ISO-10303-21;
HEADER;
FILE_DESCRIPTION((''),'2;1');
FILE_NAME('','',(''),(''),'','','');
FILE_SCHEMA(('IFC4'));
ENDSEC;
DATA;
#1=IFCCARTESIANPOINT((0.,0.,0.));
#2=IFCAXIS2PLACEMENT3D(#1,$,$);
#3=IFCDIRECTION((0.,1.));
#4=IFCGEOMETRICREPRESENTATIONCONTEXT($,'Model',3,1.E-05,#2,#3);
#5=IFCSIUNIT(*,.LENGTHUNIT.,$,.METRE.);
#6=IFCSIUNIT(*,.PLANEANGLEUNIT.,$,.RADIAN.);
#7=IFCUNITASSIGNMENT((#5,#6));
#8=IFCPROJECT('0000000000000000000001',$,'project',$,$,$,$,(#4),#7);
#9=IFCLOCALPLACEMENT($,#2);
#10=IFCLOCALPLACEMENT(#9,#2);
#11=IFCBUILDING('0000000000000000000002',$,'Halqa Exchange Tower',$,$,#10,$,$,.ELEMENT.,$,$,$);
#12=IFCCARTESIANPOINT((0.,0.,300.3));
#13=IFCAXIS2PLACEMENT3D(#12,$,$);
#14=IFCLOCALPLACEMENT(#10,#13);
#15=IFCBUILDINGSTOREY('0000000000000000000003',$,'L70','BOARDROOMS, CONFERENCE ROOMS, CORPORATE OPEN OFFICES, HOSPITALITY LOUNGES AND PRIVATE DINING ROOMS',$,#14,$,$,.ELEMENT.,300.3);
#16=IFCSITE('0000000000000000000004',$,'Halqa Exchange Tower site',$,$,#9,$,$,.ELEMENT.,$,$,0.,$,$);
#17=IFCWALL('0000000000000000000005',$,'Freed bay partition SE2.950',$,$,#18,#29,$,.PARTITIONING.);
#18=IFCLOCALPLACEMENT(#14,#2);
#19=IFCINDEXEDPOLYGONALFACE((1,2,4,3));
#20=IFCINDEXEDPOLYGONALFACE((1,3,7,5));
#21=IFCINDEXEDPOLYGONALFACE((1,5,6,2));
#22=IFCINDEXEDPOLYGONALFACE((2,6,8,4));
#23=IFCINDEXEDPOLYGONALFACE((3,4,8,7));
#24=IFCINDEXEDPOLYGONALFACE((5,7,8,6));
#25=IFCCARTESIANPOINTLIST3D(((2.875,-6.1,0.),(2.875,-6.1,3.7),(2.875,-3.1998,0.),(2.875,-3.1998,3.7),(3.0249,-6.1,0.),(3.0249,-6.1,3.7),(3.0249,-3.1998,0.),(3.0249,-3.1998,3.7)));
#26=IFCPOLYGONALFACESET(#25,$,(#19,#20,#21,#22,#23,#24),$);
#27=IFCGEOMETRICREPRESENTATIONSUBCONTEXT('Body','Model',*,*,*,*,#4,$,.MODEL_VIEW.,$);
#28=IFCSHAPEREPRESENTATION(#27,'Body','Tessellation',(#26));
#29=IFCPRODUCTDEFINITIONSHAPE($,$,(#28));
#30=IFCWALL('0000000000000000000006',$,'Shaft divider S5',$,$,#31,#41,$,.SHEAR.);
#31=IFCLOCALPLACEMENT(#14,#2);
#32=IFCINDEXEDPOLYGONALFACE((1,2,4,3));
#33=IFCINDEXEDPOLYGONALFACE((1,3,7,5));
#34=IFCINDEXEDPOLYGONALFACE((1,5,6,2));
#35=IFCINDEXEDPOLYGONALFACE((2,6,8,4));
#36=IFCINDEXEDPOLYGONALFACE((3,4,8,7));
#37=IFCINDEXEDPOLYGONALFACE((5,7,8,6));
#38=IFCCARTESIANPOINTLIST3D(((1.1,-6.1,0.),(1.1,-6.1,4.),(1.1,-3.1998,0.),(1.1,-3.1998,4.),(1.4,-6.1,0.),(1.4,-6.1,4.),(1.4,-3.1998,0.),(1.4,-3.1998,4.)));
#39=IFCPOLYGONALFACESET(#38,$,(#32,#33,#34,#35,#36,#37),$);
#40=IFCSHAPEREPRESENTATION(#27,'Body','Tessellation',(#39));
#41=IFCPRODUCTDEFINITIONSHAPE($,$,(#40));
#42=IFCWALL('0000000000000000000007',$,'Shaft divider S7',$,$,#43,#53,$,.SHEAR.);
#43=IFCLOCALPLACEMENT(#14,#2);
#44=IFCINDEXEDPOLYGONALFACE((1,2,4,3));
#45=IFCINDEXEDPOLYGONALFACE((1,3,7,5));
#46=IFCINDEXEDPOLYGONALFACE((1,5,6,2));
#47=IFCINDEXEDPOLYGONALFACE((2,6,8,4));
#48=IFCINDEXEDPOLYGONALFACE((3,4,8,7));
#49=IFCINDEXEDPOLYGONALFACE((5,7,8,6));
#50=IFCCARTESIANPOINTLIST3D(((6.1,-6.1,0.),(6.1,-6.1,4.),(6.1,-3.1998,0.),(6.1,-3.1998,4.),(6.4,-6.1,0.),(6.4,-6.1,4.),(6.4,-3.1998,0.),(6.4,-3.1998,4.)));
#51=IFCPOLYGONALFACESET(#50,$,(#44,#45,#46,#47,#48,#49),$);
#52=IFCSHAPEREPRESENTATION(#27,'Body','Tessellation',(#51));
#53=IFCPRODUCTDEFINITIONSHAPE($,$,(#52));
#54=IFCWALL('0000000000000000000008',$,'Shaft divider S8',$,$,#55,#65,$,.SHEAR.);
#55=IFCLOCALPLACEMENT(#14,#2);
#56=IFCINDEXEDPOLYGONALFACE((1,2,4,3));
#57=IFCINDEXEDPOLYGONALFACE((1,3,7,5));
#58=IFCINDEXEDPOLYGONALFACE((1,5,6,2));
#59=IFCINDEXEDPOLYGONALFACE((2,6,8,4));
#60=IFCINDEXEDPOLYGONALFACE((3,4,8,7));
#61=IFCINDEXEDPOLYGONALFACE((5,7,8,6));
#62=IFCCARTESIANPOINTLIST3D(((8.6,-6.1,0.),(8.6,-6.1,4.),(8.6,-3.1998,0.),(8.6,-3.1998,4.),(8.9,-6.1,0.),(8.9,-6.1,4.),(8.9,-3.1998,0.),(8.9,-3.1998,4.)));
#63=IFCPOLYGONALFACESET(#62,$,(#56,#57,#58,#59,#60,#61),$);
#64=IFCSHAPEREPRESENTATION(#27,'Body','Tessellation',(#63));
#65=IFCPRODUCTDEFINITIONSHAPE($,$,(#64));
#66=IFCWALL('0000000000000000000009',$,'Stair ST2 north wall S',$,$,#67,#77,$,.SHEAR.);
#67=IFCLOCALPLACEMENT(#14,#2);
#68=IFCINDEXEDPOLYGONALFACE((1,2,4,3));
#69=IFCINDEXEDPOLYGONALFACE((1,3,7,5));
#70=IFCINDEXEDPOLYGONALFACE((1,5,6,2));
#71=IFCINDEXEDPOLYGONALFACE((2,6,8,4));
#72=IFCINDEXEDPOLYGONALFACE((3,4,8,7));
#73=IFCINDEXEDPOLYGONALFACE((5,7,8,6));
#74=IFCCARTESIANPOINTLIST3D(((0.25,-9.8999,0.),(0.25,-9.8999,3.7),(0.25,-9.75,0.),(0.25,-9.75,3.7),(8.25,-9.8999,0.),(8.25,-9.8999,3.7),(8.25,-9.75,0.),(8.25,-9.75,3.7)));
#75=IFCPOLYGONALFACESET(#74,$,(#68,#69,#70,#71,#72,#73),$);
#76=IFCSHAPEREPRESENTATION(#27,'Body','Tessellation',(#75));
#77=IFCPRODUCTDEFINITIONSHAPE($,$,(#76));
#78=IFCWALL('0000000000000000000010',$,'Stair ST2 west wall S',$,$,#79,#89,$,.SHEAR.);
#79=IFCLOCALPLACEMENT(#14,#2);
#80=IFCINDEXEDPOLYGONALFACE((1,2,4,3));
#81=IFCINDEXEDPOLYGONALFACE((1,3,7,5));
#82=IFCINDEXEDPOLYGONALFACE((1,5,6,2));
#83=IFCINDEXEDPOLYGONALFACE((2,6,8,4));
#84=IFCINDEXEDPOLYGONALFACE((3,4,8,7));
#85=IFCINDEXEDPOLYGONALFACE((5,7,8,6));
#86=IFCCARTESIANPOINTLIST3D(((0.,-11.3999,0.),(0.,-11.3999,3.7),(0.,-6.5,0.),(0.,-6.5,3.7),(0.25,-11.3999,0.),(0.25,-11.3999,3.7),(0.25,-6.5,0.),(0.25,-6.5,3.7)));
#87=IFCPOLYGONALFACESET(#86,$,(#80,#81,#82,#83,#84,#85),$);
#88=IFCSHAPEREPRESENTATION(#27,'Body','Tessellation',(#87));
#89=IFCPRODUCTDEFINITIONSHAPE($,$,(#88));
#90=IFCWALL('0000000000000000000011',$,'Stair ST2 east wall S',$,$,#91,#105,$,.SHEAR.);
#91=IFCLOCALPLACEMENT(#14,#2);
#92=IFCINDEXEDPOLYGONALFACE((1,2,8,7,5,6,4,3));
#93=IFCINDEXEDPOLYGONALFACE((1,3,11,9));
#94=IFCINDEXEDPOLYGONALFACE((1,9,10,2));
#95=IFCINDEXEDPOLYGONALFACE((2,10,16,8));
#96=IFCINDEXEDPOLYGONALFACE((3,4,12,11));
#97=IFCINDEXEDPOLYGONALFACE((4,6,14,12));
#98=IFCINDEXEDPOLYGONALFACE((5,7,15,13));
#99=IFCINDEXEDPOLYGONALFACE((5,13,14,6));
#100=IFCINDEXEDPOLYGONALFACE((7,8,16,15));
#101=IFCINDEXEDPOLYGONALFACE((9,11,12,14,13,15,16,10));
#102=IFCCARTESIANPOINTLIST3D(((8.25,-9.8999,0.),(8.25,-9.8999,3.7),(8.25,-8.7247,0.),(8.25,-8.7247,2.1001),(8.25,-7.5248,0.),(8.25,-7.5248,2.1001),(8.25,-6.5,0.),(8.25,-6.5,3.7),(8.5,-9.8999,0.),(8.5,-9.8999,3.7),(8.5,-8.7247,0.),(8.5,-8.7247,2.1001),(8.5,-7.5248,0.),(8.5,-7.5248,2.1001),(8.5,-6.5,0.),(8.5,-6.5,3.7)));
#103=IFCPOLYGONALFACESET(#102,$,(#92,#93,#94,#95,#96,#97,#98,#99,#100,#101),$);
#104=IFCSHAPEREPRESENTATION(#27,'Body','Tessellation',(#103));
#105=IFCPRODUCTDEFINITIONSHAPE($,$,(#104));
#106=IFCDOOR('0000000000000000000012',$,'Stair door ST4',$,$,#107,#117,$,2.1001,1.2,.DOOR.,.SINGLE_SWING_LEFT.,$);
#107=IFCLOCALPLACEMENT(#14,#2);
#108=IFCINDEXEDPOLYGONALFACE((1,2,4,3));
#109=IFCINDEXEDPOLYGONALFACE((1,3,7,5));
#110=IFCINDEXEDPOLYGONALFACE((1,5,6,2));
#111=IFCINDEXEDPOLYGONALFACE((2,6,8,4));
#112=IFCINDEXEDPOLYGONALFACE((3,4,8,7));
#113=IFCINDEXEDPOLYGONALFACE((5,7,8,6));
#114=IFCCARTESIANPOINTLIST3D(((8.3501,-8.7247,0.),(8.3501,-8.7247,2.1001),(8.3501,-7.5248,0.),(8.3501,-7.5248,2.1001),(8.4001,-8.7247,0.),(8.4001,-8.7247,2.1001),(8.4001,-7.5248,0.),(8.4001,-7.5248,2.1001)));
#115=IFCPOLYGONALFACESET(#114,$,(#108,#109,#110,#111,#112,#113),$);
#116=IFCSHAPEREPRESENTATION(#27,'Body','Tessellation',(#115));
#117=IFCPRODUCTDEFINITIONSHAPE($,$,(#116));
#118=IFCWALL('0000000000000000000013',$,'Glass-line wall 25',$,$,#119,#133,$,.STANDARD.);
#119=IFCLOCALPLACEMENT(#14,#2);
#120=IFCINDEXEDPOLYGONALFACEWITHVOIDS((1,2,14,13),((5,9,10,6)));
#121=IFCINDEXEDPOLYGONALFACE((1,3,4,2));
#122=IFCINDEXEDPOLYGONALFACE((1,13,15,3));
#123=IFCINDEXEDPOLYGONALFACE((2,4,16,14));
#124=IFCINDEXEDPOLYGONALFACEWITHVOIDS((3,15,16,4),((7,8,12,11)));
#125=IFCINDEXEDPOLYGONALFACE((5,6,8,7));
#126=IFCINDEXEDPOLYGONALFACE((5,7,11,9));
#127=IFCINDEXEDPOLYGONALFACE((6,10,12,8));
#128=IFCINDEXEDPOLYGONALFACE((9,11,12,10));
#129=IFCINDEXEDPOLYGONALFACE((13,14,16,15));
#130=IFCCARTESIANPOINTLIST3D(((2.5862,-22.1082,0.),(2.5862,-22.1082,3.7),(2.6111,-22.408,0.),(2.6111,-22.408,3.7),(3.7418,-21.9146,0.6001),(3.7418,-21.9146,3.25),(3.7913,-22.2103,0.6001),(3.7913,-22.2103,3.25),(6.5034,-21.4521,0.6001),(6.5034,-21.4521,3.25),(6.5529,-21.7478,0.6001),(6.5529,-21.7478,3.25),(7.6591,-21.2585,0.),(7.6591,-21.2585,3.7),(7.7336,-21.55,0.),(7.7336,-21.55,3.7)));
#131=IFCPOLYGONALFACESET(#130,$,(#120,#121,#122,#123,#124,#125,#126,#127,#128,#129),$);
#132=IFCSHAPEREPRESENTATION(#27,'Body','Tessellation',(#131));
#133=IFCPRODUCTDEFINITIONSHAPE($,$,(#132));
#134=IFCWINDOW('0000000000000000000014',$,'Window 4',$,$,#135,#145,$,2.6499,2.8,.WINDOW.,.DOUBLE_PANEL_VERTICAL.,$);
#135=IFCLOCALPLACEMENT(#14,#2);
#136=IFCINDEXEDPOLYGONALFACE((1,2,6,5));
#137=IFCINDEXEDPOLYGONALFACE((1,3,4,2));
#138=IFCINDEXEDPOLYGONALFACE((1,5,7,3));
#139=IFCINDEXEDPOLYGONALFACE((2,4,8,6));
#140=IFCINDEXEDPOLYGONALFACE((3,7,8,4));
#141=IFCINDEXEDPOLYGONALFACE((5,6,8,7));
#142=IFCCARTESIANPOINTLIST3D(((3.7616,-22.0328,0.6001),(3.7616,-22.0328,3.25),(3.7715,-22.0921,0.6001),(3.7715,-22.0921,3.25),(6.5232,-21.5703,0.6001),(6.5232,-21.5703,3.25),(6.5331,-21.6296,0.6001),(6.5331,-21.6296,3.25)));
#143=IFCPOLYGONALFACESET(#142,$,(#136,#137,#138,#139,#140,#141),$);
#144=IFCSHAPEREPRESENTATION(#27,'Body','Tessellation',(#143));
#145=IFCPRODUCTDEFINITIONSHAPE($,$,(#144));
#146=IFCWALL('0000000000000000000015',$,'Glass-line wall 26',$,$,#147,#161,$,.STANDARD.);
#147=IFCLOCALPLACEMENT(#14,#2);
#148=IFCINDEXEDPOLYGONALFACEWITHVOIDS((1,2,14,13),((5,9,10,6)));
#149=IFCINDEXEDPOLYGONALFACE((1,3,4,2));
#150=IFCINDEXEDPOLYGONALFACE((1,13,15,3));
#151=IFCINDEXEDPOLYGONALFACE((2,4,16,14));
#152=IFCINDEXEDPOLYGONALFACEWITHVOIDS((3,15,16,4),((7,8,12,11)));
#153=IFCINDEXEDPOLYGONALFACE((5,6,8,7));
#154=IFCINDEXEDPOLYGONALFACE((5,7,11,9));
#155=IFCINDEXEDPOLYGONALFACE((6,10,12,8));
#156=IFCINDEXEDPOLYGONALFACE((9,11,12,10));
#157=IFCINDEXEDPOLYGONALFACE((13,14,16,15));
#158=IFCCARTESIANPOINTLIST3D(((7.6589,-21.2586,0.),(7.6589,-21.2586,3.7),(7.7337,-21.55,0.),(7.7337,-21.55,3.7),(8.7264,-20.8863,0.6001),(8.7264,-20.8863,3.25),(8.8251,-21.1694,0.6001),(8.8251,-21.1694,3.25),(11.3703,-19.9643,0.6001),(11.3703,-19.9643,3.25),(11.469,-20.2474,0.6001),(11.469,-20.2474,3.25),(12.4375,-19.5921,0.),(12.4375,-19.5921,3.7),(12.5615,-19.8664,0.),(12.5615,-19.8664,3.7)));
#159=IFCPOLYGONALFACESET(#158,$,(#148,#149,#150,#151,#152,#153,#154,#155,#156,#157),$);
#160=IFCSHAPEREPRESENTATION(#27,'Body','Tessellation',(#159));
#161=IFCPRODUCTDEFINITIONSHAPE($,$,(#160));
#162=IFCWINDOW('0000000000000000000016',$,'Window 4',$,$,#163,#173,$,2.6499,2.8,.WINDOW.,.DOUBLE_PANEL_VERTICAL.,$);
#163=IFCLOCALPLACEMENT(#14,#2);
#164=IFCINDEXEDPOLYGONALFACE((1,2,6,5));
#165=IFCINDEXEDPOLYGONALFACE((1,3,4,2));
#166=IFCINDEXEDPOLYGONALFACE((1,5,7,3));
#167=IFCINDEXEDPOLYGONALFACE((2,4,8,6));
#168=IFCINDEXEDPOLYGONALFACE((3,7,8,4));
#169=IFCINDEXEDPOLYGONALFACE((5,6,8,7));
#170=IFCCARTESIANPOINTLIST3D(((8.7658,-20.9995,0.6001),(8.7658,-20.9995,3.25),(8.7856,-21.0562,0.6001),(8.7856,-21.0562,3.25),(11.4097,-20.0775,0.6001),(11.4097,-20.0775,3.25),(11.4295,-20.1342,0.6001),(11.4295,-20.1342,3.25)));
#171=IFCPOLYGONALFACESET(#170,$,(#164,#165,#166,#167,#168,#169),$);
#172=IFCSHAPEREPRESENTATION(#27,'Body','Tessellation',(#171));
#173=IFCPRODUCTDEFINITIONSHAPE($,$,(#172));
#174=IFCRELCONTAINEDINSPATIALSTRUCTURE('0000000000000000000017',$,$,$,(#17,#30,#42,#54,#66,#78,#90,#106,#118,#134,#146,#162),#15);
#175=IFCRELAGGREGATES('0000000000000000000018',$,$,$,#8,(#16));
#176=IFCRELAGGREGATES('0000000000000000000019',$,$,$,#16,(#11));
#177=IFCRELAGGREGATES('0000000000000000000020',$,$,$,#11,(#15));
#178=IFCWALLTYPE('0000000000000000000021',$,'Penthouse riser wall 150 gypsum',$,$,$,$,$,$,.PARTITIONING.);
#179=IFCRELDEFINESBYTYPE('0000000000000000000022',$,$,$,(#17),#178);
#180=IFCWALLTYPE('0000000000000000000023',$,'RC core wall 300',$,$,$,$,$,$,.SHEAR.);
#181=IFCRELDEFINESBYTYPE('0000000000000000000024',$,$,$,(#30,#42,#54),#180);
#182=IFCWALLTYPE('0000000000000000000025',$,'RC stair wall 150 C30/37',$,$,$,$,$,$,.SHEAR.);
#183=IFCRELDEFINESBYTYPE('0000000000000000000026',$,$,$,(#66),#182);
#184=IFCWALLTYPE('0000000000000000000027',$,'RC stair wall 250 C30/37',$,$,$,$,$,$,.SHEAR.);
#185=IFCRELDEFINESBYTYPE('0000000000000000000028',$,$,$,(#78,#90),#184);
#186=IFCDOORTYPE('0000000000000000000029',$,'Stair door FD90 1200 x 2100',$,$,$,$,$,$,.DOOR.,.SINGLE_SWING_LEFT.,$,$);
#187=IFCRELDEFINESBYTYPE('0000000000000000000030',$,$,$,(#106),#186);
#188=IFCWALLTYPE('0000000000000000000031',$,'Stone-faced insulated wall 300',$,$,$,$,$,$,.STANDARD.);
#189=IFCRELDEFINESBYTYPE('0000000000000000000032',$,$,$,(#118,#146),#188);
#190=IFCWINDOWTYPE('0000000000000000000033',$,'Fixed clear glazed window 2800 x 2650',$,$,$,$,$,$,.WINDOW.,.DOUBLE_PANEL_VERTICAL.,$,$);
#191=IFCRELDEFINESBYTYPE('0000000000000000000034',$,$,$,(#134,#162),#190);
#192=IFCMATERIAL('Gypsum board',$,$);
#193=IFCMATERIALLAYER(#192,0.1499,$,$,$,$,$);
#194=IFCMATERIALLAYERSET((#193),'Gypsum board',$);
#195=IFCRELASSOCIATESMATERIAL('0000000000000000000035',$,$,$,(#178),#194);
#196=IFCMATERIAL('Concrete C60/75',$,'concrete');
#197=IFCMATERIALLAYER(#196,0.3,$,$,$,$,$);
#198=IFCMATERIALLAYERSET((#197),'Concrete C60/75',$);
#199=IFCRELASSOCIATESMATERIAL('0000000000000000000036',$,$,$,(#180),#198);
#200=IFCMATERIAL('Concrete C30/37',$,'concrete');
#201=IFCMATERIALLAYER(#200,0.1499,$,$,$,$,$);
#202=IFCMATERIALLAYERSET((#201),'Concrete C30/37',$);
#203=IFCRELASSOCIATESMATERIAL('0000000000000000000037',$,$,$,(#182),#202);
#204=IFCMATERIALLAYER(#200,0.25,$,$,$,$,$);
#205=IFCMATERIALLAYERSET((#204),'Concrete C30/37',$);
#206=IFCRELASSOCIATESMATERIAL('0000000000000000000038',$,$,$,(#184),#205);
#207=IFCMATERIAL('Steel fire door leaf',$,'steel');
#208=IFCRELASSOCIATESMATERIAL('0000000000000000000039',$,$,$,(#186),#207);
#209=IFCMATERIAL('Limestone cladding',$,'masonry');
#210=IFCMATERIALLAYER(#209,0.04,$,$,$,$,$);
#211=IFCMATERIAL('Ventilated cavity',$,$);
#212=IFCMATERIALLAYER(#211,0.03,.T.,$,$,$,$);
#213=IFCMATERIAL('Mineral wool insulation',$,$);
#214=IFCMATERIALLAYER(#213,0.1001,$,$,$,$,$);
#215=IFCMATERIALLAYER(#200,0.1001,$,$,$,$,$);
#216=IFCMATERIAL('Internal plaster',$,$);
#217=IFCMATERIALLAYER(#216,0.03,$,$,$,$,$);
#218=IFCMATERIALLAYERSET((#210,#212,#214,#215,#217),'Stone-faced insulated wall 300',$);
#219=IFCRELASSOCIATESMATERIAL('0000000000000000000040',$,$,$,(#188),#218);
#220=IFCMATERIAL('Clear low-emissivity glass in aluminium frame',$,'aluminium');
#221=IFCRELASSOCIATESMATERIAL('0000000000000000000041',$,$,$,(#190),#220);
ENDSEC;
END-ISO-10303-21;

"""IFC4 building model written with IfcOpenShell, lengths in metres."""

from ifc_helpers import new_model, si_unit, direction, frame, frame_2d, origin, place, context, subcontext, project, spatial, polyline, rectangle, outline, extrude, material, layer, layer_set, type_object, element, fill, save


model = new_model("IFC4")

# Units and contexts
model_context = context("Model", 3, precision=1e-05, world=origin(), true_north=direction((0.0, 1.0)))
body_context = subcontext(model_context, "Body", "Model", "MODEL_VIEW")
ifc_project = project(units=[si_unit("LENGTHUNIT", "METRE"), si_unit("PLANEANGLEUNIT", "RADIAN")], contexts=[model_context])

# Site, building, storey
site_placement = place(None, origin())
site = spatial("IfcSite", under=ifc_project, at=site_placement, Name="Halqa Exchange Tower site", CompositionType="ELEMENT", RefElevation=0.0)
building_placement = place(site_placement, origin())
building = spatial("IfcBuilding", under=site, at=building_placement, Name="Halqa Exchange Tower", CompositionType="ELEMENT")
storey_placement = place(building_placement, frame((0.0, 0.0, 300.3)))
storey = spatial("IfcBuildingStorey", under=building, at=storey_placement, Name="L70", Description="BOARDROOMS, CONFERENCE ROOMS, CORPORATE OPEN OFFICES, HOSPITALITY LOUNGES AND PRIVATE DINING ROOMS", CompositionType="ELEMENT", Elevation=300.3)

# Shared definitions
ifc_material_1 = material(Name="Concrete C60/75", Category="concrete")

# Walls
ifc_material_2 = material(Name="Gypsum board")
ifc_layer_1 = layer(ifc_material_2, 0.1499)
ifc_layer_set_1 = layer_set([ifc_layer_1], Name="Gypsum board")
wall_type_1 = type_object("IfcWallType", Name="Penthouse riser wall 150 gypsum", PredefinedType="PARTITIONING", material=ifc_layer_set_1)
wall_1_placement = place(storey_placement, frame((2.95, -6.1001, 0.0), z_axis=(0.0, 0.0, 1.0), x_axis=(0.0, 1.0, 0.0)))
element("IfcWall", 1, at=wall_1_placement, inside=storey, type_object=wall_type_1, Name="Freed bay partition SE2.950", PredefinedType="PARTITIONING", context=body_context, shape_type="SweptSolid", body=[
    extrude(rectangle(XDim=2.9001, YDim=0.1499, at=frame_2d((1.4502, 0.0))), origin(), (0.0, 0.0, 1.0), 3.7),
])
ifc_layer_2 = layer(ifc_material_1, 0.3)
ifc_layer_set_2 = layer_set([ifc_layer_2], Name="Concrete C60/75")
wall_type_2 = type_object("IfcWallType", Name="RC core wall 300", PredefinedType="SHEAR", material=ifc_layer_set_2)
for number, where, z_axis, x_axis, name in (
    (2, (1.25, -6.1001, 0.0), (0.0, 0.0, 1.0), (0.0, 1.0, 0.0), "Shaft divider S5"),
    (3, (6.25, -6.1001, 0.0), (0.0, 0.0, 1.0), (0.0, 1.0, 0.0), "Shaft divider S7"),
    (4, (8.75, -6.1001, 0.0), (0.0, 0.0, 1.0), (0.0, 1.0, 0.0), "Shaft divider S8"),
):
    element("IfcWall", number, at=place(storey_placement, frame(where, z_axis=z_axis, x_axis=x_axis)), inside=storey, type_object=wall_type_2, Name=name, PredefinedType="SHEAR", context=body_context, shape_type="SweptSolid", body=[
        extrude(rectangle(XDim=2.9001, YDim=0.3, at=frame_2d((1.4502, 0.0))), origin(), (0.0, 0.0, 1.0), 4.0),
    ])
ifc_material_3 = material(Name="Concrete C30/37", Category="concrete")
ifc_layer_3 = layer(ifc_material_3, 0.1499)
ifc_layer_set_3 = layer_set([ifc_layer_3], Name="Concrete C30/37")
wall_type_3 = type_object("IfcWallType", Name="RC stair wall 150 C30/37", PredefinedType="SHEAR", material=ifc_layer_set_3)
wall_2_placement = place(storey_placement, frame((0.25, -9.825, 0.0), z_axis=(0.0, 0.0, 1.0), x_axis=(1.0, 0.0, 0.0)))
element("IfcWall", 5, at=wall_2_placement, inside=storey, type_object=wall_type_3, Name="Stair ST2 north wall S", PredefinedType="SHEAR", context=body_context, shape_type="SweptSolid", body=[
    extrude(rectangle(XDim=8.0, YDim=0.1499, at=frame_2d((4.0, 0.0))), origin(), (0.0, 0.0, 1.0), 3.7),
])
ifc_layer_4 = layer(ifc_material_3, 0.25)
ifc_layer_set_4 = layer_set([ifc_layer_4], Name="Concrete C30/37")
wall_type_4 = type_object("IfcWallType", Name="RC stair wall 250 C30/37", PredefinedType="SHEAR", material=ifc_layer_set_4)
wall_3_placement = place(storey_placement, frame((0.125, -11.3999, 0.0), z_axis=(0.0, 0.0, 1.0), x_axis=(0.0, 1.0, 0.0)))
element("IfcWall", 6, at=wall_3_placement, inside=storey, type_object=wall_type_4, Name="Stair ST2 west wall S", PredefinedType="SHEAR", context=body_context, shape_type="SweptSolid", body=[
    extrude(rectangle(XDim=4.8999, YDim=0.25, at=frame_2d((2.45, 0.0))), origin(), (0.0, 0.0, 1.0), 3.7),
])

# Wall, opening, door
wall_4_placement = place(storey_placement, frame((8.375, -9.8999, 0.0), z_axis=(0.0, 0.0, 1.0), x_axis=(0.0, 1.0, 0.0)))
wall_4 = element("IfcWall", 7, at=wall_4_placement, inside=storey, type_object=wall_type_4, Name="Stair ST2 east wall S", PredefinedType="SHEAR", context=body_context, shape_type="SweptSolid", body=[
    extrude(rectangle(XDim=3.3999, YDim=0.25, at=frame_2d((1.7, 0.0))), origin(), (0.0, 0.0, 1.0), 3.7),
])
opening_1_placement = place(wall_4_placement, frame((1.175, 0.0, 0.0)))
opening_1 = element("IfcOpeningElement", 8, at=opening_1_placement, cuts=wall_4, PredefinedType="OPENING", context=body_context, shape_type="SweptSolid", body=[
    extrude(rectangle(XDim=1.2, YDim=2.1001, at=frame_2d((0.6001, 1.05))), frame((0.0, 0.137, 0.0), z_axis=(0.0, -1.0, 0.0), x_axis=(1.0, 0.0, 0.0)), (0.0, 0.0, 1.0), 0.2739),
])
ifc_material_4 = material(Name="Steel fire door leaf", Category="steel")
door_type = type_object("IfcDoorType", Name="Stair door FD90 1200 x 2100", OperationType="SINGLE_SWING_LEFT", PredefinedType="DOOR", material=ifc_material_4)
door_placement = place(opening_1_placement, origin())
door = element("IfcDoor", 9, at=door_placement, inside=storey, type_object=door_type, Name="Stair door ST4", OperationType="SINGLE_SWING_LEFT", OverallHeight=2.1001, OverallWidth=1.2, PredefinedType="DOOR", context=body_context, shape_type="SweptSolid", body=[
    extrude(rectangle(XDim=1.2, YDim=2.1001, at=frame_2d((0.6001, 1.05))), frame((0.0, 0.0249, 0.0), z_axis=(0.0, -1.0, 0.0), x_axis=(1.0, 0.0, 0.0)), (0.0, 0.0, 1.0), 0.05),
])
fill(opening_1, door)

# Walls, openings, windows
ifc_material_5 = material(Name="Limestone cladding", Category="masonry")
ifc_layer_5 = layer(ifc_material_5, 0.04)
ifc_material_6 = material(Name="Ventilated cavity")
ifc_layer_6 = layer(ifc_material_6, 0.03, ventilated=True)
ifc_material_7 = material(Name="Mineral wool insulation")
ifc_layer_7 = layer(ifc_material_7, 0.1001)
ifc_layer_8 = layer(ifc_material_3, 0.1001)
ifc_material_8 = material(Name="Internal plaster")
ifc_layer_9 = layer(ifc_material_8, 0.03)
ifc_layer_set_5 = layer_set([ifc_layer_5, ifc_layer_6, ifc_layer_7, ifc_layer_8, ifc_layer_9], Name="Stone-faced insulated wall 300")
wall_type_5 = type_object("IfcWallType", Name="Stone-faced insulated wall 300", PredefinedType="STANDARD", material=ifc_layer_set_5)
wall_5_placement = place(storey_placement, frame((2.5986, -22.2581, 0.0), z_axis=(0.0, 0.0, 1.0), x_axis=(0.986263, 0.16518, 0.0)))
wall_5 = element("IfcWall", 10, at=wall_5_placement, inside=storey, type_object=wall_type_5, Name="Glass-line wall 25", PredefinedType="STANDARD", context=body_context, shape_type="SweptSolid", body=[
    extrude(outline(polyline([(-0.0125, -0.1499), (5.1814, -0.1499), (5.156, 0.1499), (0.0125, 0.1499), (-0.0125, -0.1499)])), origin(), (0.0, 0.0, 1.0), 3.7),
])
opening_2_placement = place(wall_5_placement, frame((1.1843, 0.0, 0.6001)))
opening_2 = element("IfcOpeningElement", 11, at=opening_2_placement, cuts=wall_5, PredefinedType="OPENING", context=body_context, shape_type="SweptSolid", body=[
    extrude(rectangle(XDim=2.8, YDim=2.6499, at=frame_2d((1.3999, 1.325))), frame((0.0, 0.1621, 0.0), z_axis=(0.0, -1.0, 0.0), x_axis=(1.0, 0.0, 0.0)), (0.0, 0.0, 1.0), 0.324),
])
ifc_material_9 = material(Name="Clear low-emissivity glass in aluminium frame", Category="aluminium")
window_type = type_object("IfcWindowType", Name="Fixed clear glazed window 2800 x 2650", PartitioningType="DOUBLE_PANEL_VERTICAL", PredefinedType="WINDOW", material=ifc_material_9)
window_1_placement = place(opening_2_placement, origin())
window_1 = element("IfcWindow", 12, at=window_1_placement, inside=storey, type_object=window_type, Name="Window 4", OverallHeight=2.6499, OverallWidth=2.8, PartitioningType="DOUBLE_PANEL_VERTICAL", PredefinedType="WINDOW", context=body_context, shape_type="SweptSolid", body=[
    extrude(rectangle(XDim=2.8, YDim=2.6499, at=frame_2d((1.3999, 1.325))), frame((0.0, 0.03, 0.0), z_axis=(0.0, -1.0, 0.0), x_axis=(1.0, 0.0, 0.0)), (0.0, 0.0, 1.0), 0.0601),
])
fill(opening_2, window_1)
wall_6_placement = place(storey_placement, frame((7.6963, -21.4043, 0.0), z_axis=(0.0, 0.0, 1.0), x_axis=(0.94423, 0.329286, 0.0)))
wall_6 = element("IfcWall", 13, at=wall_6_placement, inside=storey, type_object=wall_type_5, Name="Glass-line wall 26", PredefinedType="STANDARD", context=body_context, shape_type="SweptSolid", body=[
    extrude(outline(polyline([(-0.0127, -0.1499), (5.1003, -0.1499), (5.0735, 0.1499), (0.0127, 0.1499), (-0.0127, -0.1499)])), origin(), (0.0, 0.0, 1.0), 3.7),
])
opening_3_placement = place(wall_6_placement, frame((1.1433, 0.0, 0.6001)))
opening_3 = element("IfcOpeningElement", 14, at=opening_3_placement, cuts=wall_6, PredefinedType="OPENING", context=body_context, shape_type="SweptSolid", body=[
    extrude(rectangle(XDim=2.8, YDim=2.6499, at=frame_2d((1.3999, 1.325))), frame((0.0, 0.1621, 0.0), z_axis=(0.0, -1.0, 0.0), x_axis=(1.0, 0.0, 0.0)), (0.0, 0.0, 1.0), 0.324),
])
window_2_placement = place(opening_3_placement, origin())
window_2 = element("IfcWindow", 15, at=window_2_placement, inside=storey, type_object=window_type, Name="Window 4", OverallHeight=2.6499, OverallWidth=2.8, PartitioningType="DOUBLE_PANEL_VERTICAL", PredefinedType="WINDOW", context=body_context, shape_type="SweptSolid", body=[
    extrude(rectangle(XDim=2.8, YDim=2.6499, at=frame_2d((1.3999, 1.325))), frame((0.0, 0.03, 0.0), z_axis=(0.0, -1.0, 0.0), x_axis=(1.0, 0.0, 0.0)), (0.0, 0.0, 1.0), 0.0601),
])
fill(opening_3, window_2)

save(model, "model.ifc")
